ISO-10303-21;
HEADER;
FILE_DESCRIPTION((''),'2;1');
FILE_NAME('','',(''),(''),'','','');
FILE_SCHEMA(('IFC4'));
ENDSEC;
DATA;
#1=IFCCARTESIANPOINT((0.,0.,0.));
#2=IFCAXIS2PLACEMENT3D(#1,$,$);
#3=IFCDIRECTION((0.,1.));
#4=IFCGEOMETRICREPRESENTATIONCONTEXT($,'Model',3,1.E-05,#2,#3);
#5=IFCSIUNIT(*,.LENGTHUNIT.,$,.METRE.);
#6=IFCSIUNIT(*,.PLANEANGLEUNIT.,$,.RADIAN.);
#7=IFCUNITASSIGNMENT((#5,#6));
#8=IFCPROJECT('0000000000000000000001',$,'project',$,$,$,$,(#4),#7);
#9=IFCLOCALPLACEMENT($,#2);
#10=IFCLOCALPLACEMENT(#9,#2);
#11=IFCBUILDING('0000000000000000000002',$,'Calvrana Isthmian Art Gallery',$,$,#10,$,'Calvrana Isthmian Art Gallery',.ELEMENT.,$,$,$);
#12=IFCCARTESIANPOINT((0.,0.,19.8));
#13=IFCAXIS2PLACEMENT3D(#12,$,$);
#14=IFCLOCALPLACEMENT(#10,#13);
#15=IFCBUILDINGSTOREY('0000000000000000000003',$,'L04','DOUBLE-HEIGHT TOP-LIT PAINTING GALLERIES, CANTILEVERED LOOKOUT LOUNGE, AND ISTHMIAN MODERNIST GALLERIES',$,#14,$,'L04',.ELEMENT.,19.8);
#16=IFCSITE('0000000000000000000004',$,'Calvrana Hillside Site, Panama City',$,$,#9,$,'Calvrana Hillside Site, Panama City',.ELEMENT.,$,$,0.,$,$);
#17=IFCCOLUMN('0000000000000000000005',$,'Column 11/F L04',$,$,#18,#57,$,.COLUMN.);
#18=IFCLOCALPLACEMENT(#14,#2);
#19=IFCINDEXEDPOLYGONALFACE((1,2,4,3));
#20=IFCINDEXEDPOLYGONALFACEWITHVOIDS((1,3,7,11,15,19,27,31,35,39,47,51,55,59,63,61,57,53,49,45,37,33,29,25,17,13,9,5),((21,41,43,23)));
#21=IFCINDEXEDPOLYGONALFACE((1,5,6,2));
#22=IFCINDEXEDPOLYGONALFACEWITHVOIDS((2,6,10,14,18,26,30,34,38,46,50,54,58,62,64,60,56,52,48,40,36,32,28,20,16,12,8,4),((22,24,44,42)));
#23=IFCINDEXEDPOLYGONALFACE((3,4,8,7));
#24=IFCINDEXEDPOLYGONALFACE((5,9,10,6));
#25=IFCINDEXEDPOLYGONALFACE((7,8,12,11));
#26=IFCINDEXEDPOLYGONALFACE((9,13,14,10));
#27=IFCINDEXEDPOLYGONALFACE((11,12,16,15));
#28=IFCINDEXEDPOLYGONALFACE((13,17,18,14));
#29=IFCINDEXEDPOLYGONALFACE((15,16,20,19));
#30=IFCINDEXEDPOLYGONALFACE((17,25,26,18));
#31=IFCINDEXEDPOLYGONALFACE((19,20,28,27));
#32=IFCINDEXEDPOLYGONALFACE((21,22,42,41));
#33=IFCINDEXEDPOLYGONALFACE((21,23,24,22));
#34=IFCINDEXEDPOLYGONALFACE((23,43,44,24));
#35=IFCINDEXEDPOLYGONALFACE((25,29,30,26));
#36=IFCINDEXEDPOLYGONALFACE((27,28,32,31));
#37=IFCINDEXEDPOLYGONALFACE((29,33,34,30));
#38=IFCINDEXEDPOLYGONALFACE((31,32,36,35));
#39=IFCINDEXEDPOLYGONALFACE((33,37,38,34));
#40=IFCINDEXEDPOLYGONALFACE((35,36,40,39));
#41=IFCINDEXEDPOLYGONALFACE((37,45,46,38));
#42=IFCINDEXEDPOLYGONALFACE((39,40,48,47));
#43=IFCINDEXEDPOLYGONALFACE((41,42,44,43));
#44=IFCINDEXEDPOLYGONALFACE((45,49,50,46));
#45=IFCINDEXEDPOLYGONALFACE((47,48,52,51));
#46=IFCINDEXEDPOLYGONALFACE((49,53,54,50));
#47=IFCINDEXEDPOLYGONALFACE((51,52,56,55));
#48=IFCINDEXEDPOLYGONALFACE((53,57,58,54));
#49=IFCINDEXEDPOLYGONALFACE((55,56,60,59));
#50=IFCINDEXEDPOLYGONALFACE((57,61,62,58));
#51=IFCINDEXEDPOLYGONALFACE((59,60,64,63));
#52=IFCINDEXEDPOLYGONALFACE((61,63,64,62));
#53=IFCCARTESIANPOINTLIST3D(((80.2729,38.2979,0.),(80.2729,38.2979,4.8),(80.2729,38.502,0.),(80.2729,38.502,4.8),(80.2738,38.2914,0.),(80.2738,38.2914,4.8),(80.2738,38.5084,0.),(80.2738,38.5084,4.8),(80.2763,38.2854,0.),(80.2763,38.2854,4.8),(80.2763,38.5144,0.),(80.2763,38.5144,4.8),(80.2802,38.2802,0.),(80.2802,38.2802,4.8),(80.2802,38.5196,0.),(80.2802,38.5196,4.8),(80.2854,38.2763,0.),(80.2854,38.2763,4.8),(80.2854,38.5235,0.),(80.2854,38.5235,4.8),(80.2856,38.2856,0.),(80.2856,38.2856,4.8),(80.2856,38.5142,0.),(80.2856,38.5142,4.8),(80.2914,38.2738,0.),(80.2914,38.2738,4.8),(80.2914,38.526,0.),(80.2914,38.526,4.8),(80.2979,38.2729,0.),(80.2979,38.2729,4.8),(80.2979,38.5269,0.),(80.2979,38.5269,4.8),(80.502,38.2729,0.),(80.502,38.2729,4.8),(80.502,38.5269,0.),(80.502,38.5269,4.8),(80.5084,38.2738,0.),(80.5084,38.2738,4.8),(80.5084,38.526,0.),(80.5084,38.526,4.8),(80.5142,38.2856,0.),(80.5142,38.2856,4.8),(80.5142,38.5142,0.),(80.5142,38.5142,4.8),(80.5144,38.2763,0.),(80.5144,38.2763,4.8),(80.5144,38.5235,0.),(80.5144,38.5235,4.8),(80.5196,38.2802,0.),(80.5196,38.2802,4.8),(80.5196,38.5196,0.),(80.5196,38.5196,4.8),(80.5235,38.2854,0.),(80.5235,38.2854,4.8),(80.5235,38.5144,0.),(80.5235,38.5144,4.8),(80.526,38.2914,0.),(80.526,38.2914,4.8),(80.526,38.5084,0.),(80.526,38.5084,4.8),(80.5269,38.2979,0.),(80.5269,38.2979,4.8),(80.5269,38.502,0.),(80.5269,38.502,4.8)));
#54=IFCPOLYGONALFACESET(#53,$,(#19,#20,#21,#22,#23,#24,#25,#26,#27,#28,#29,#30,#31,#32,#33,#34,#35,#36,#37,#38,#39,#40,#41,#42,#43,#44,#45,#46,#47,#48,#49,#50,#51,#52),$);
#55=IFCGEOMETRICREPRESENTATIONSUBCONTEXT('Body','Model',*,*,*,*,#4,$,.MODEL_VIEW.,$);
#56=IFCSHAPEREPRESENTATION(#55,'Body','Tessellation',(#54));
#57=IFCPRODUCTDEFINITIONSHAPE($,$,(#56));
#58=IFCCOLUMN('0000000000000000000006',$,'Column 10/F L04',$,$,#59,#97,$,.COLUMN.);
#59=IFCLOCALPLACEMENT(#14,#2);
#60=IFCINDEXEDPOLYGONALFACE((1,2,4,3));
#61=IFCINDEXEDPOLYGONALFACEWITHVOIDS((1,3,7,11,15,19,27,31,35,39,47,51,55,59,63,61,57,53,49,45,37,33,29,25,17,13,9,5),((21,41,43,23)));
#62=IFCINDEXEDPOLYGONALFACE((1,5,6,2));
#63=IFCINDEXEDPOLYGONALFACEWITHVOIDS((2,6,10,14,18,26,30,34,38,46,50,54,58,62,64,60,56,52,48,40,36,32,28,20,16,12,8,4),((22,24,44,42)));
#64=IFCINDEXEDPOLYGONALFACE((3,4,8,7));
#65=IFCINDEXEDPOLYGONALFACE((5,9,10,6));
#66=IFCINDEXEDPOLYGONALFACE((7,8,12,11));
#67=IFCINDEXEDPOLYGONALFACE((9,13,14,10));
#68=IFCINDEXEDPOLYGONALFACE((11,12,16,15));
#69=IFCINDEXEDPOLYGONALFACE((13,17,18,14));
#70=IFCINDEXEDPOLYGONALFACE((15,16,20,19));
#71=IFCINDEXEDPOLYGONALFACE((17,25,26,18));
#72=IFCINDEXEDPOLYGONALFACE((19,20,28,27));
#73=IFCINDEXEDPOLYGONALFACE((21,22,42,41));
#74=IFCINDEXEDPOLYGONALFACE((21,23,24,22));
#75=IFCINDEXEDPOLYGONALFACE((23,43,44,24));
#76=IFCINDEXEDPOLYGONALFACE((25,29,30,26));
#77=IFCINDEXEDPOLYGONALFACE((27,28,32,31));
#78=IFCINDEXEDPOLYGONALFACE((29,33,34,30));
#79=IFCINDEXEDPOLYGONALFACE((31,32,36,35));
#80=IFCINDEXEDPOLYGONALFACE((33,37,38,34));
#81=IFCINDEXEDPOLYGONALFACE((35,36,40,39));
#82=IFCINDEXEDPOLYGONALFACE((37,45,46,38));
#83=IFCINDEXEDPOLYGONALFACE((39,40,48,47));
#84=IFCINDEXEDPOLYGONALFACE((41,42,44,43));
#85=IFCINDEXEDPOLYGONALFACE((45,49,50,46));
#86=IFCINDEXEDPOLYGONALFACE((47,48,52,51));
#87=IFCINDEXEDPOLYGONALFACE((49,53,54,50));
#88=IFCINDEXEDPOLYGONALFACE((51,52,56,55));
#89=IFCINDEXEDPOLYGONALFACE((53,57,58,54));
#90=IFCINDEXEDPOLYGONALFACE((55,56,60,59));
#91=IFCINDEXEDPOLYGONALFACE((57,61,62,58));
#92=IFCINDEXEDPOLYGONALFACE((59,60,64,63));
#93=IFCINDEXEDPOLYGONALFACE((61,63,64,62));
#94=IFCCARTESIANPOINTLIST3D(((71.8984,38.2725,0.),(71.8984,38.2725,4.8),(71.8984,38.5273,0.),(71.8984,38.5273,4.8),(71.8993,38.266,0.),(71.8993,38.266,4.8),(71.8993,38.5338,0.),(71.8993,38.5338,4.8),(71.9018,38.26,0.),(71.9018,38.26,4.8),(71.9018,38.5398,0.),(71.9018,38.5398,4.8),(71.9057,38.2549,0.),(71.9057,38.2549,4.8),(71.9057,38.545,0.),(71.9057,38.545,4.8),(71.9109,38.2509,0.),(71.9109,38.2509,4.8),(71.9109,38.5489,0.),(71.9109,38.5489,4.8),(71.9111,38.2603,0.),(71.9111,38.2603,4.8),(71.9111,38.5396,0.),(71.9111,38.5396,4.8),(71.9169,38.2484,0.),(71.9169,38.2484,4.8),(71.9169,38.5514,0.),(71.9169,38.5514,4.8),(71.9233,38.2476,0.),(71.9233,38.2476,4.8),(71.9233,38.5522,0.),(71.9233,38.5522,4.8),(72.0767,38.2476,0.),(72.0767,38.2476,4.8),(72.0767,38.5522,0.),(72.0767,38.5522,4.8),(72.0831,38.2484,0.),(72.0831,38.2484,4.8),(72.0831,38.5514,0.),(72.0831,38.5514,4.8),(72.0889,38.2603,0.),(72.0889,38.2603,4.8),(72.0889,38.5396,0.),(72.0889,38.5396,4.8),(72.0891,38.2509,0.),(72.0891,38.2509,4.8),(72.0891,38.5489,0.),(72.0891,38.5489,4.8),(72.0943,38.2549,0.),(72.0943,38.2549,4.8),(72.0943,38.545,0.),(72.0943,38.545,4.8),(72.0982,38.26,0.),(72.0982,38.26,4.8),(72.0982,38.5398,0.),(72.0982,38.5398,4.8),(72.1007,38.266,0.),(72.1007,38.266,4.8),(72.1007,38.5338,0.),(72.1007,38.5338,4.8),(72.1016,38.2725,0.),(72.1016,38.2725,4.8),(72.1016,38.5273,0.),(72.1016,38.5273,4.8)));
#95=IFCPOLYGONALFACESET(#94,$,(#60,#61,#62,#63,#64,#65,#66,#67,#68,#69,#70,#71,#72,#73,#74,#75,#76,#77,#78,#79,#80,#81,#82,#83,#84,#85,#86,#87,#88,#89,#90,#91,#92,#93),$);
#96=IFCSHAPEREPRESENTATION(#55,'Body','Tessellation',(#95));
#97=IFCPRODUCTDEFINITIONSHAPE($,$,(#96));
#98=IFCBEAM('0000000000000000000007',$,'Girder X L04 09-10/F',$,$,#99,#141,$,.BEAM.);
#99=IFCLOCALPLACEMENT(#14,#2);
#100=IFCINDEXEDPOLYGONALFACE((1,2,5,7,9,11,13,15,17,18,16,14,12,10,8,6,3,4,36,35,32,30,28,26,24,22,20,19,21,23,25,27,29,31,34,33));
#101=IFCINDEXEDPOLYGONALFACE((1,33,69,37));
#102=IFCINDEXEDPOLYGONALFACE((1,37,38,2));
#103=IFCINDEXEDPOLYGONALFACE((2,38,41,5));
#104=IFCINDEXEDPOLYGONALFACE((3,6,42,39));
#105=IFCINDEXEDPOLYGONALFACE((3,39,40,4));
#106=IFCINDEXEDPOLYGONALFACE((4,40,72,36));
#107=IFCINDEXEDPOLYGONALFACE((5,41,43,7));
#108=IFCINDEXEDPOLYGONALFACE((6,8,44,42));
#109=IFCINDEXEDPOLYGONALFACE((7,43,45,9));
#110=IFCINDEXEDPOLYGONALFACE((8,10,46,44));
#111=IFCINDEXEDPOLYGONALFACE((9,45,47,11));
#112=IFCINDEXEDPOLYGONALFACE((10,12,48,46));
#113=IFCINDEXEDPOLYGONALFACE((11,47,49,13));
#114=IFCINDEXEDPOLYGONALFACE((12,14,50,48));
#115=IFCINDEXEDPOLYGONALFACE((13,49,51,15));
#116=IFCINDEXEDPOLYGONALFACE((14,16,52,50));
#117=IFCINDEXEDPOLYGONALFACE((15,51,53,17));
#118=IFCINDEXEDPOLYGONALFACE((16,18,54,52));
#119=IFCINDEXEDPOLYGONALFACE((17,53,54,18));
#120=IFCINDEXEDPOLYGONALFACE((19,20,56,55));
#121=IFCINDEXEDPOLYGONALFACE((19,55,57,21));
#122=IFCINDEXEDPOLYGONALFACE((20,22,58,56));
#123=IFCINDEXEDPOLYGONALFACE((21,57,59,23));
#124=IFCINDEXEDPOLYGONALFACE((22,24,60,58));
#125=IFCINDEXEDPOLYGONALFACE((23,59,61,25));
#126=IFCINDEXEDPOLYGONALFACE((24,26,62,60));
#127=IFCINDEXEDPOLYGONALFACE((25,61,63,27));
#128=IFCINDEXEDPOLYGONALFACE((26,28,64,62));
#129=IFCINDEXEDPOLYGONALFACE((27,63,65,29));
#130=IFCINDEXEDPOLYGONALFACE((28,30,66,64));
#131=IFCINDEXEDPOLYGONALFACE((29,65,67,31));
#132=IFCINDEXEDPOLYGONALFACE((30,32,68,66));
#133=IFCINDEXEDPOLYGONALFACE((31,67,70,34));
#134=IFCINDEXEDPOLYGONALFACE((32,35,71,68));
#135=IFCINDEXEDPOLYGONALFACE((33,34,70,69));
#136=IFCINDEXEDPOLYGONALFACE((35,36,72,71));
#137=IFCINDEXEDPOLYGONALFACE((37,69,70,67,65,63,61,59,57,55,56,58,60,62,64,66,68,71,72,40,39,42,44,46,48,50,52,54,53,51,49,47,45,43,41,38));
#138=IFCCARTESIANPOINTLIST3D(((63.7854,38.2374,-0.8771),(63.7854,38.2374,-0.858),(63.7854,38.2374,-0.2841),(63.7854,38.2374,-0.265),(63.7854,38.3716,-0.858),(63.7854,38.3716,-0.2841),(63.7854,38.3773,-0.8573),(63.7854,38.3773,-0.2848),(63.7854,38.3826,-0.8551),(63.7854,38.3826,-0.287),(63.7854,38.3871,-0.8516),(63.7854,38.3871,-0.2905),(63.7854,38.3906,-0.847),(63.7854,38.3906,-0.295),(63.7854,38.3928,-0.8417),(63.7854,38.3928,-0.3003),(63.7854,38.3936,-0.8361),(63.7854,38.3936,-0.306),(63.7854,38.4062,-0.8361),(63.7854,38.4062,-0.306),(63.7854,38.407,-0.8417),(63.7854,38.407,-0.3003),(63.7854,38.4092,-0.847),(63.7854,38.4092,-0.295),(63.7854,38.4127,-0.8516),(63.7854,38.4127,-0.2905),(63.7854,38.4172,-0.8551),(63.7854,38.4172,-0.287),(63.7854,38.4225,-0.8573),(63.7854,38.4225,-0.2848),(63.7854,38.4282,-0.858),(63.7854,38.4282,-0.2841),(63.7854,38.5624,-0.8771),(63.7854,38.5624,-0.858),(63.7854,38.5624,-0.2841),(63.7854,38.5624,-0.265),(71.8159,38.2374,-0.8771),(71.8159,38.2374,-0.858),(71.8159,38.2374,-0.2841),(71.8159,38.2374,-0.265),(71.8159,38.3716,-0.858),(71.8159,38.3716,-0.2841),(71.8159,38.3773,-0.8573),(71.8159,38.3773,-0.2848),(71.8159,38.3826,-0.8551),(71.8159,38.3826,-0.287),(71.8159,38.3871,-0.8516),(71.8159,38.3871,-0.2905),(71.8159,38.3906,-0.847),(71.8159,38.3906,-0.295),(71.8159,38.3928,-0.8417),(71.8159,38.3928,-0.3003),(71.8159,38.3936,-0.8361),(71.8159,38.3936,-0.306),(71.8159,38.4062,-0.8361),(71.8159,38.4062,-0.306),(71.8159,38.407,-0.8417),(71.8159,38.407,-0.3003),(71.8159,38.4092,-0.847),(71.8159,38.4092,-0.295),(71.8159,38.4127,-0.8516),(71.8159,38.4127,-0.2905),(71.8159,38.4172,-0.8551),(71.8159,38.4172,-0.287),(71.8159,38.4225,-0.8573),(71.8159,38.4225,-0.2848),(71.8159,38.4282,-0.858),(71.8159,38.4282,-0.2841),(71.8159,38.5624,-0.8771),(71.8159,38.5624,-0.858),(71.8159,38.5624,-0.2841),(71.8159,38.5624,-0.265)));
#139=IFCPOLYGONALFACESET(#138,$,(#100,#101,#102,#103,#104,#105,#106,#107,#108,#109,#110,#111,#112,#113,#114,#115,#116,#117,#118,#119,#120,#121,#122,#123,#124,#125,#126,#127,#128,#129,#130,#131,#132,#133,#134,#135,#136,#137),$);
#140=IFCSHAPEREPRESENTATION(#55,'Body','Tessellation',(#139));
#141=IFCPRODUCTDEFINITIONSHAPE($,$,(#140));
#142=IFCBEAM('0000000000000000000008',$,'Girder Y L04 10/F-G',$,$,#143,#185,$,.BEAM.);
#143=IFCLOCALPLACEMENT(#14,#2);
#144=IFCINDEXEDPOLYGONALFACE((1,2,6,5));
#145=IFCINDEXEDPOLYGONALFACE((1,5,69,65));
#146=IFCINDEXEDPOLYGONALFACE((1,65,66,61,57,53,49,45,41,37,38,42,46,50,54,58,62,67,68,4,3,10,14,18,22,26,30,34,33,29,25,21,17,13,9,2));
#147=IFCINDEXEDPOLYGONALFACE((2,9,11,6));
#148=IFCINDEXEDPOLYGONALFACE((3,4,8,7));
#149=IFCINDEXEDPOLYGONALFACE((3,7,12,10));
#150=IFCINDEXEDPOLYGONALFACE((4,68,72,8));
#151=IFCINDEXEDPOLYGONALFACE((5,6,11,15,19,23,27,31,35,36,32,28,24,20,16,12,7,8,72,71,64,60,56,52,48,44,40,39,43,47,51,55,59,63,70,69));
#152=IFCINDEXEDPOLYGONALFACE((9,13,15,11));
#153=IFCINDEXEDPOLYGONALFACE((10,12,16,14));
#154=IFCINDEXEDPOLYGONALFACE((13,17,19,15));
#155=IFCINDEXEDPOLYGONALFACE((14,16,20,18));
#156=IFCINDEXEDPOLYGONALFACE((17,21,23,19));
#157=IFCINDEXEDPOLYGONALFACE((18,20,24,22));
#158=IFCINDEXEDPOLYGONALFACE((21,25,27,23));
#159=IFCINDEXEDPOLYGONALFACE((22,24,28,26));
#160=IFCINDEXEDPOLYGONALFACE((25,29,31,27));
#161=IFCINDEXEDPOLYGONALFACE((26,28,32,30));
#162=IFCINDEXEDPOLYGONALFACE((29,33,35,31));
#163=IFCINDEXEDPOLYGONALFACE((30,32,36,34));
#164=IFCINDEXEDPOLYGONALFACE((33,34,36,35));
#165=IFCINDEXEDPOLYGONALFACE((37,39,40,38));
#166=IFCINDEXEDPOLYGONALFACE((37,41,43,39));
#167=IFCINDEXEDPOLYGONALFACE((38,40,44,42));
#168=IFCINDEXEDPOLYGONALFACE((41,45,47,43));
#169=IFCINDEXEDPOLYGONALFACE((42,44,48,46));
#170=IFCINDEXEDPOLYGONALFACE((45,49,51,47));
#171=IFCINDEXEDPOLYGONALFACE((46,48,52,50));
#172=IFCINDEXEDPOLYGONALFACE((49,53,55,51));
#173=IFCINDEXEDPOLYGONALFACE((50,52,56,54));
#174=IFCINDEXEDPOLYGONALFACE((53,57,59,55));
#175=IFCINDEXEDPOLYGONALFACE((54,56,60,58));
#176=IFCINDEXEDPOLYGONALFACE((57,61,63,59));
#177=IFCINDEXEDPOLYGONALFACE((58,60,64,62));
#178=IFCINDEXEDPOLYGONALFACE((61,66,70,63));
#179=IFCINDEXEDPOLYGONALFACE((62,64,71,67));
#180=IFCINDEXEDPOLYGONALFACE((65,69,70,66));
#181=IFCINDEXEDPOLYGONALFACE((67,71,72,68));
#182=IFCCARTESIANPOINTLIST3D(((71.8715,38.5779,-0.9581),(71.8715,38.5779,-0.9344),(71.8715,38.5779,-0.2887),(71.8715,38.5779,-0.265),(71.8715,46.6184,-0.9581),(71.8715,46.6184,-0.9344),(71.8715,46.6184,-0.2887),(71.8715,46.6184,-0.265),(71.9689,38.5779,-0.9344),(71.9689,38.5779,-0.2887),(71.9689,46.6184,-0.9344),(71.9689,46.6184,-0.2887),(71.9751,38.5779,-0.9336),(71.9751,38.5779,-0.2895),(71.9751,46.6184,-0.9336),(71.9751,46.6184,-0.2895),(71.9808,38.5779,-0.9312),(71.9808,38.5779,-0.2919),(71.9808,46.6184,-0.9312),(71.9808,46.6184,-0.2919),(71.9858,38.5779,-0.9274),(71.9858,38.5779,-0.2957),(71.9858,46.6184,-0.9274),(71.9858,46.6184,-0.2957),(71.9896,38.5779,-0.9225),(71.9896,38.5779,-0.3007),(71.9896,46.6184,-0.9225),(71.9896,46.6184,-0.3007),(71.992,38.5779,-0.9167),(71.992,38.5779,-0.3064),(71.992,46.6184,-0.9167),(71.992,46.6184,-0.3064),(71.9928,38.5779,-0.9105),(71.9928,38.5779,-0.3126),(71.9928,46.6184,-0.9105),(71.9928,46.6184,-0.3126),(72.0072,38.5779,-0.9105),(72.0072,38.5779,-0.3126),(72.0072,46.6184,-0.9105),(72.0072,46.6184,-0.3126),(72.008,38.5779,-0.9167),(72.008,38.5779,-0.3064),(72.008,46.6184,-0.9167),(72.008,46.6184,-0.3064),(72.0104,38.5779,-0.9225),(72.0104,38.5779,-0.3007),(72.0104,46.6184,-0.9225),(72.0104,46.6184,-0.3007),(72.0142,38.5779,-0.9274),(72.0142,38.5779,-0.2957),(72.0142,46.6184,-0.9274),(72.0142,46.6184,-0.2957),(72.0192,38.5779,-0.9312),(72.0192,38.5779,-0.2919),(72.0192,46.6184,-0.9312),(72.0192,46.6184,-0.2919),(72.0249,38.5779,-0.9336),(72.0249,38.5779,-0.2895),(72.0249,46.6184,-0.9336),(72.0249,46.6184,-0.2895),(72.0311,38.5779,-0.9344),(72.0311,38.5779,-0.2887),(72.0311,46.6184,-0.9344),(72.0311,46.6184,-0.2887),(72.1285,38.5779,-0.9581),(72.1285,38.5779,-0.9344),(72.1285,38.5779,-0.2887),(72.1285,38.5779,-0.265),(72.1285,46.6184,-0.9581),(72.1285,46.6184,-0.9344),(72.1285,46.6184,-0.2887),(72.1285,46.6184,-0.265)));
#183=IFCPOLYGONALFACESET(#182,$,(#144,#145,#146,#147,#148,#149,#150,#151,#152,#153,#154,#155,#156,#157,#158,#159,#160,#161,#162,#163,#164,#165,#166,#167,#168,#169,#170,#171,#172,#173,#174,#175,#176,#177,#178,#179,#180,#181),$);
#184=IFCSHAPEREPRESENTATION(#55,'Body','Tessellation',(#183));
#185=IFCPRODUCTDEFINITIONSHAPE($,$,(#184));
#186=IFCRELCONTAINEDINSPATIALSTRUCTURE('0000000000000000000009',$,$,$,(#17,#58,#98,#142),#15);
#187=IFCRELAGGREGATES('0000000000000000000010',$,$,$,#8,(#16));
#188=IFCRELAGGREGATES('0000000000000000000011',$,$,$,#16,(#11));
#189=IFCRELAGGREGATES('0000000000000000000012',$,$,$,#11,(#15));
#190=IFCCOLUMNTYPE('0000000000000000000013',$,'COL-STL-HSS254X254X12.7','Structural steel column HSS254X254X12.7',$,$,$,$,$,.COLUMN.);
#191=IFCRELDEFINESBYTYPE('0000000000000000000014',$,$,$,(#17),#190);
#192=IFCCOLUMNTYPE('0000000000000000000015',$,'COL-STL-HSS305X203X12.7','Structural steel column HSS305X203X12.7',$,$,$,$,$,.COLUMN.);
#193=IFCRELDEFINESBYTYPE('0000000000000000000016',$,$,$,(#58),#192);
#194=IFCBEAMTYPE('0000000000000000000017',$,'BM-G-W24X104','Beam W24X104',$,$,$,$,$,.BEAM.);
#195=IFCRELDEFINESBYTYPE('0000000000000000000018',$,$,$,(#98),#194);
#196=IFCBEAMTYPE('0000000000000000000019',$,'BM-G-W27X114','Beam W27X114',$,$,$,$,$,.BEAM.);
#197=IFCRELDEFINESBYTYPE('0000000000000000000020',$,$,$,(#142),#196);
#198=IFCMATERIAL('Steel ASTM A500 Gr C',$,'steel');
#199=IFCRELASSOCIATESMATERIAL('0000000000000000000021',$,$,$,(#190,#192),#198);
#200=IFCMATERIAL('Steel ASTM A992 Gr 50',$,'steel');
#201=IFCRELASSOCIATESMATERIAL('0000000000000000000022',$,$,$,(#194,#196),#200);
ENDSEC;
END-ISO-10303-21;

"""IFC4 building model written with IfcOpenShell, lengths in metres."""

from ifc_helpers import new_model, si_unit, direction, frame, origin, origin_2d, place, context, subcontext, project, spatial, hollow_rectangle, i_section, extrude, material, material_profile, profile_set, type_object, element, save


model = new_model("IFC4")

# Units and contexts
model_context = context("Model", 3, precision=1e-05, world=origin(), true_north=direction((0.0, 1.0)))
body_context = subcontext(model_context, "Body", "Model", "MODEL_VIEW")
ifc_project = project(units=[si_unit("LENGTHUNIT", "METRE"), si_unit("PLANEANGLEUNIT", "RADIAN")], contexts=[model_context])

# Site, building, storey
site_placement = place(None, origin())
site = spatial("IfcSite", under=ifc_project, at=site_placement, Name="Calvrana Hillside Site, Panama City", LongName="Calvrana Hillside Site, Panama City", CompositionType="ELEMENT", RefElevation=0.0)
building_placement = place(site_placement, origin())
building = spatial("IfcBuilding", under=site, at=building_placement, Name="Calvrana Isthmian Art Gallery", LongName="Calvrana Isthmian Art Gallery", CompositionType="ELEMENT")
storey_placement = place(building_placement, frame((0.0, 0.0, 19.8)))
storey = spatial("IfcBuildingStorey", under=building, at=storey_placement, Name="L04", Description="DOUBLE-HEIGHT TOP-LIT PAINTING GALLERIES, CANTILEVERED LOOKOUT LOUNGE, AND ISTHMIAN MODERNIST GALLERIES", LongName="L04", CompositionType="ELEMENT", Elevation=19.8)

# Columns
ifc_material_1 = material(Name="Steel ASTM A500 Gr C", Category="steel")
ifc_material_profile_1 = material_profile(ifc_material_1, hollow_rectangle(XDim=0.2539, YDim=0.2539, WallThickness=0.0127, OuterFilletRadius=0.0249, at=origin_2d()), Name="HSS254X254X12.7")
ifc_profile_set_1 = profile_set([ifc_material_profile_1], Name="Steel ASTM A500 Gr C")
column_type_1 = type_object("IfcColumnType", Name="COL-STL-HSS254X254X12.7", Description="Structural steel column HSS254X254X12.7", PredefinedType="COLUMN", material=ifc_profile_set_1)
column_1_placement = place(storey_placement, frame((80.3999, 38.3999, 0.0), z_axis=(0.0, 0.0, 1.0), x_axis=(1.0, 0.0, 0.0)))
element("IfcColumn", 1, at=column_1_placement, inside=storey, type_object=column_type_1, Name="Column 11/F L04", PredefinedType="COLUMN", context=body_context, shape_type="SweptSolid", body=[
    extrude(hollow_rectangle(XDim=0.2539, YDim=0.2539, WallThickness=0.0127, OuterFilletRadius=0.0249, at=origin_2d()), origin(), (0.0, 0.0, 1.0), 4.8),
])
ifc_material_profile_2 = material_profile(ifc_material_1, hollow_rectangle(XDim=0.2031, YDim=0.3047, WallThickness=0.0127, OuterFilletRadius=0.0249, at=origin_2d()), Name="HSS305X203X12.7")
ifc_profile_set_2 = profile_set([ifc_material_profile_2], Name="Steel ASTM A500 Gr C")
column_type_2 = type_object("IfcColumnType", Name="COL-STL-HSS305X203X12.7", Description="Structural steel column HSS305X203X12.7", PredefinedType="COLUMN", material=ifc_profile_set_2)
column_2_placement = place(storey_placement, frame((72.0, 38.3999, 0.0), z_axis=(0.0, 0.0, 1.0), x_axis=(1.0, 0.0, 0.0)))
element("IfcColumn", 2, at=column_2_placement, inside=storey, type_object=column_type_2, Name="Column 10/F L04", PredefinedType="COLUMN", context=body_context, shape_type="SweptSolid", body=[
    extrude(hollow_rectangle(XDim=0.2031, YDim=0.3047, WallThickness=0.0127, OuterFilletRadius=0.0249, at=origin_2d()), origin(), (0.0, 0.0, 1.0), 4.8),
])

# Beams
ifc_material_2 = material(Name="Steel ASTM A992 Gr 50", Category="steel")
ifc_material_profile_3 = material_profile(ifc_material_2, i_section(OverallWidth=0.325, OverallDepth=0.6121, WebThickness=0.0127, FlangeThickness=0.019, FilletRadius=0.022, at=origin_2d()), Name="W24X104")
ifc_profile_set_3 = profile_set([ifc_material_profile_3], Name="Steel ASTM A992 Gr 50")
beam_type_1 = type_object("IfcBeamType", Name="BM-G-W24X104", Description="Beam W24X104", PredefinedType="BEAM", material=ifc_profile_set_3)
beam_1_placement = place(storey_placement, frame((63.7854, 38.3999, -0.571), z_axis=(1.0, 0.0, 0.0), x_axis=(0.0, 1.0, 0.0)))
element("IfcBeam", 3, at=beam_1_placement, inside=storey, type_object=beam_type_1, Name="Girder X L04 09-10/F", PredefinedType="BEAM", context=body_context, shape_type="SweptSolid", body=[
    extrude(i_section(OverallWidth=0.325, OverallDepth=0.6121, WebThickness=0.0127, FlangeThickness=0.019, FilletRadius=0.022, at=origin_2d()), origin(), (0.0, 0.0, 1.0), 8.0305),
])
ifc_material_profile_4 = material_profile(ifc_material_2, i_section(OverallWidth=0.2571, OverallDepth=0.6931, WebThickness=0.0144, FlangeThickness=0.0237, FilletRadius=0.0239, at=origin_2d()), Name="W27X114")
ifc_profile_set_4 = profile_set([ifc_material_profile_4], Name="Steel ASTM A992 Gr 50")
beam_type_2 = type_object("IfcBeamType", Name="BM-G-W27X114", Description="Beam W27X114", PredefinedType="BEAM", material=ifc_profile_set_4)
beam_2_placement = place(storey_placement, frame((72.0, 38.5779, -0.6116), z_axis=(0.0, 1.0, 0.0), x_axis=(-1.0, 0.0, 0.0)))
element("IfcBeam", 4, at=beam_2_placement, inside=storey, type_object=beam_type_2, Name="Girder Y L04 10/F-G", PredefinedType="BEAM", context=body_context, shape_type="SweptSolid", body=[
    extrude(i_section(OverallWidth=0.2571, OverallDepth=0.6931, WebThickness=0.0144, FlangeThickness=0.0237, FilletRadius=0.0239, at=origin_2d()), origin(), (0.0, 0.0, 1.0), 8.0405),
])

save(model, "model.ifc")
